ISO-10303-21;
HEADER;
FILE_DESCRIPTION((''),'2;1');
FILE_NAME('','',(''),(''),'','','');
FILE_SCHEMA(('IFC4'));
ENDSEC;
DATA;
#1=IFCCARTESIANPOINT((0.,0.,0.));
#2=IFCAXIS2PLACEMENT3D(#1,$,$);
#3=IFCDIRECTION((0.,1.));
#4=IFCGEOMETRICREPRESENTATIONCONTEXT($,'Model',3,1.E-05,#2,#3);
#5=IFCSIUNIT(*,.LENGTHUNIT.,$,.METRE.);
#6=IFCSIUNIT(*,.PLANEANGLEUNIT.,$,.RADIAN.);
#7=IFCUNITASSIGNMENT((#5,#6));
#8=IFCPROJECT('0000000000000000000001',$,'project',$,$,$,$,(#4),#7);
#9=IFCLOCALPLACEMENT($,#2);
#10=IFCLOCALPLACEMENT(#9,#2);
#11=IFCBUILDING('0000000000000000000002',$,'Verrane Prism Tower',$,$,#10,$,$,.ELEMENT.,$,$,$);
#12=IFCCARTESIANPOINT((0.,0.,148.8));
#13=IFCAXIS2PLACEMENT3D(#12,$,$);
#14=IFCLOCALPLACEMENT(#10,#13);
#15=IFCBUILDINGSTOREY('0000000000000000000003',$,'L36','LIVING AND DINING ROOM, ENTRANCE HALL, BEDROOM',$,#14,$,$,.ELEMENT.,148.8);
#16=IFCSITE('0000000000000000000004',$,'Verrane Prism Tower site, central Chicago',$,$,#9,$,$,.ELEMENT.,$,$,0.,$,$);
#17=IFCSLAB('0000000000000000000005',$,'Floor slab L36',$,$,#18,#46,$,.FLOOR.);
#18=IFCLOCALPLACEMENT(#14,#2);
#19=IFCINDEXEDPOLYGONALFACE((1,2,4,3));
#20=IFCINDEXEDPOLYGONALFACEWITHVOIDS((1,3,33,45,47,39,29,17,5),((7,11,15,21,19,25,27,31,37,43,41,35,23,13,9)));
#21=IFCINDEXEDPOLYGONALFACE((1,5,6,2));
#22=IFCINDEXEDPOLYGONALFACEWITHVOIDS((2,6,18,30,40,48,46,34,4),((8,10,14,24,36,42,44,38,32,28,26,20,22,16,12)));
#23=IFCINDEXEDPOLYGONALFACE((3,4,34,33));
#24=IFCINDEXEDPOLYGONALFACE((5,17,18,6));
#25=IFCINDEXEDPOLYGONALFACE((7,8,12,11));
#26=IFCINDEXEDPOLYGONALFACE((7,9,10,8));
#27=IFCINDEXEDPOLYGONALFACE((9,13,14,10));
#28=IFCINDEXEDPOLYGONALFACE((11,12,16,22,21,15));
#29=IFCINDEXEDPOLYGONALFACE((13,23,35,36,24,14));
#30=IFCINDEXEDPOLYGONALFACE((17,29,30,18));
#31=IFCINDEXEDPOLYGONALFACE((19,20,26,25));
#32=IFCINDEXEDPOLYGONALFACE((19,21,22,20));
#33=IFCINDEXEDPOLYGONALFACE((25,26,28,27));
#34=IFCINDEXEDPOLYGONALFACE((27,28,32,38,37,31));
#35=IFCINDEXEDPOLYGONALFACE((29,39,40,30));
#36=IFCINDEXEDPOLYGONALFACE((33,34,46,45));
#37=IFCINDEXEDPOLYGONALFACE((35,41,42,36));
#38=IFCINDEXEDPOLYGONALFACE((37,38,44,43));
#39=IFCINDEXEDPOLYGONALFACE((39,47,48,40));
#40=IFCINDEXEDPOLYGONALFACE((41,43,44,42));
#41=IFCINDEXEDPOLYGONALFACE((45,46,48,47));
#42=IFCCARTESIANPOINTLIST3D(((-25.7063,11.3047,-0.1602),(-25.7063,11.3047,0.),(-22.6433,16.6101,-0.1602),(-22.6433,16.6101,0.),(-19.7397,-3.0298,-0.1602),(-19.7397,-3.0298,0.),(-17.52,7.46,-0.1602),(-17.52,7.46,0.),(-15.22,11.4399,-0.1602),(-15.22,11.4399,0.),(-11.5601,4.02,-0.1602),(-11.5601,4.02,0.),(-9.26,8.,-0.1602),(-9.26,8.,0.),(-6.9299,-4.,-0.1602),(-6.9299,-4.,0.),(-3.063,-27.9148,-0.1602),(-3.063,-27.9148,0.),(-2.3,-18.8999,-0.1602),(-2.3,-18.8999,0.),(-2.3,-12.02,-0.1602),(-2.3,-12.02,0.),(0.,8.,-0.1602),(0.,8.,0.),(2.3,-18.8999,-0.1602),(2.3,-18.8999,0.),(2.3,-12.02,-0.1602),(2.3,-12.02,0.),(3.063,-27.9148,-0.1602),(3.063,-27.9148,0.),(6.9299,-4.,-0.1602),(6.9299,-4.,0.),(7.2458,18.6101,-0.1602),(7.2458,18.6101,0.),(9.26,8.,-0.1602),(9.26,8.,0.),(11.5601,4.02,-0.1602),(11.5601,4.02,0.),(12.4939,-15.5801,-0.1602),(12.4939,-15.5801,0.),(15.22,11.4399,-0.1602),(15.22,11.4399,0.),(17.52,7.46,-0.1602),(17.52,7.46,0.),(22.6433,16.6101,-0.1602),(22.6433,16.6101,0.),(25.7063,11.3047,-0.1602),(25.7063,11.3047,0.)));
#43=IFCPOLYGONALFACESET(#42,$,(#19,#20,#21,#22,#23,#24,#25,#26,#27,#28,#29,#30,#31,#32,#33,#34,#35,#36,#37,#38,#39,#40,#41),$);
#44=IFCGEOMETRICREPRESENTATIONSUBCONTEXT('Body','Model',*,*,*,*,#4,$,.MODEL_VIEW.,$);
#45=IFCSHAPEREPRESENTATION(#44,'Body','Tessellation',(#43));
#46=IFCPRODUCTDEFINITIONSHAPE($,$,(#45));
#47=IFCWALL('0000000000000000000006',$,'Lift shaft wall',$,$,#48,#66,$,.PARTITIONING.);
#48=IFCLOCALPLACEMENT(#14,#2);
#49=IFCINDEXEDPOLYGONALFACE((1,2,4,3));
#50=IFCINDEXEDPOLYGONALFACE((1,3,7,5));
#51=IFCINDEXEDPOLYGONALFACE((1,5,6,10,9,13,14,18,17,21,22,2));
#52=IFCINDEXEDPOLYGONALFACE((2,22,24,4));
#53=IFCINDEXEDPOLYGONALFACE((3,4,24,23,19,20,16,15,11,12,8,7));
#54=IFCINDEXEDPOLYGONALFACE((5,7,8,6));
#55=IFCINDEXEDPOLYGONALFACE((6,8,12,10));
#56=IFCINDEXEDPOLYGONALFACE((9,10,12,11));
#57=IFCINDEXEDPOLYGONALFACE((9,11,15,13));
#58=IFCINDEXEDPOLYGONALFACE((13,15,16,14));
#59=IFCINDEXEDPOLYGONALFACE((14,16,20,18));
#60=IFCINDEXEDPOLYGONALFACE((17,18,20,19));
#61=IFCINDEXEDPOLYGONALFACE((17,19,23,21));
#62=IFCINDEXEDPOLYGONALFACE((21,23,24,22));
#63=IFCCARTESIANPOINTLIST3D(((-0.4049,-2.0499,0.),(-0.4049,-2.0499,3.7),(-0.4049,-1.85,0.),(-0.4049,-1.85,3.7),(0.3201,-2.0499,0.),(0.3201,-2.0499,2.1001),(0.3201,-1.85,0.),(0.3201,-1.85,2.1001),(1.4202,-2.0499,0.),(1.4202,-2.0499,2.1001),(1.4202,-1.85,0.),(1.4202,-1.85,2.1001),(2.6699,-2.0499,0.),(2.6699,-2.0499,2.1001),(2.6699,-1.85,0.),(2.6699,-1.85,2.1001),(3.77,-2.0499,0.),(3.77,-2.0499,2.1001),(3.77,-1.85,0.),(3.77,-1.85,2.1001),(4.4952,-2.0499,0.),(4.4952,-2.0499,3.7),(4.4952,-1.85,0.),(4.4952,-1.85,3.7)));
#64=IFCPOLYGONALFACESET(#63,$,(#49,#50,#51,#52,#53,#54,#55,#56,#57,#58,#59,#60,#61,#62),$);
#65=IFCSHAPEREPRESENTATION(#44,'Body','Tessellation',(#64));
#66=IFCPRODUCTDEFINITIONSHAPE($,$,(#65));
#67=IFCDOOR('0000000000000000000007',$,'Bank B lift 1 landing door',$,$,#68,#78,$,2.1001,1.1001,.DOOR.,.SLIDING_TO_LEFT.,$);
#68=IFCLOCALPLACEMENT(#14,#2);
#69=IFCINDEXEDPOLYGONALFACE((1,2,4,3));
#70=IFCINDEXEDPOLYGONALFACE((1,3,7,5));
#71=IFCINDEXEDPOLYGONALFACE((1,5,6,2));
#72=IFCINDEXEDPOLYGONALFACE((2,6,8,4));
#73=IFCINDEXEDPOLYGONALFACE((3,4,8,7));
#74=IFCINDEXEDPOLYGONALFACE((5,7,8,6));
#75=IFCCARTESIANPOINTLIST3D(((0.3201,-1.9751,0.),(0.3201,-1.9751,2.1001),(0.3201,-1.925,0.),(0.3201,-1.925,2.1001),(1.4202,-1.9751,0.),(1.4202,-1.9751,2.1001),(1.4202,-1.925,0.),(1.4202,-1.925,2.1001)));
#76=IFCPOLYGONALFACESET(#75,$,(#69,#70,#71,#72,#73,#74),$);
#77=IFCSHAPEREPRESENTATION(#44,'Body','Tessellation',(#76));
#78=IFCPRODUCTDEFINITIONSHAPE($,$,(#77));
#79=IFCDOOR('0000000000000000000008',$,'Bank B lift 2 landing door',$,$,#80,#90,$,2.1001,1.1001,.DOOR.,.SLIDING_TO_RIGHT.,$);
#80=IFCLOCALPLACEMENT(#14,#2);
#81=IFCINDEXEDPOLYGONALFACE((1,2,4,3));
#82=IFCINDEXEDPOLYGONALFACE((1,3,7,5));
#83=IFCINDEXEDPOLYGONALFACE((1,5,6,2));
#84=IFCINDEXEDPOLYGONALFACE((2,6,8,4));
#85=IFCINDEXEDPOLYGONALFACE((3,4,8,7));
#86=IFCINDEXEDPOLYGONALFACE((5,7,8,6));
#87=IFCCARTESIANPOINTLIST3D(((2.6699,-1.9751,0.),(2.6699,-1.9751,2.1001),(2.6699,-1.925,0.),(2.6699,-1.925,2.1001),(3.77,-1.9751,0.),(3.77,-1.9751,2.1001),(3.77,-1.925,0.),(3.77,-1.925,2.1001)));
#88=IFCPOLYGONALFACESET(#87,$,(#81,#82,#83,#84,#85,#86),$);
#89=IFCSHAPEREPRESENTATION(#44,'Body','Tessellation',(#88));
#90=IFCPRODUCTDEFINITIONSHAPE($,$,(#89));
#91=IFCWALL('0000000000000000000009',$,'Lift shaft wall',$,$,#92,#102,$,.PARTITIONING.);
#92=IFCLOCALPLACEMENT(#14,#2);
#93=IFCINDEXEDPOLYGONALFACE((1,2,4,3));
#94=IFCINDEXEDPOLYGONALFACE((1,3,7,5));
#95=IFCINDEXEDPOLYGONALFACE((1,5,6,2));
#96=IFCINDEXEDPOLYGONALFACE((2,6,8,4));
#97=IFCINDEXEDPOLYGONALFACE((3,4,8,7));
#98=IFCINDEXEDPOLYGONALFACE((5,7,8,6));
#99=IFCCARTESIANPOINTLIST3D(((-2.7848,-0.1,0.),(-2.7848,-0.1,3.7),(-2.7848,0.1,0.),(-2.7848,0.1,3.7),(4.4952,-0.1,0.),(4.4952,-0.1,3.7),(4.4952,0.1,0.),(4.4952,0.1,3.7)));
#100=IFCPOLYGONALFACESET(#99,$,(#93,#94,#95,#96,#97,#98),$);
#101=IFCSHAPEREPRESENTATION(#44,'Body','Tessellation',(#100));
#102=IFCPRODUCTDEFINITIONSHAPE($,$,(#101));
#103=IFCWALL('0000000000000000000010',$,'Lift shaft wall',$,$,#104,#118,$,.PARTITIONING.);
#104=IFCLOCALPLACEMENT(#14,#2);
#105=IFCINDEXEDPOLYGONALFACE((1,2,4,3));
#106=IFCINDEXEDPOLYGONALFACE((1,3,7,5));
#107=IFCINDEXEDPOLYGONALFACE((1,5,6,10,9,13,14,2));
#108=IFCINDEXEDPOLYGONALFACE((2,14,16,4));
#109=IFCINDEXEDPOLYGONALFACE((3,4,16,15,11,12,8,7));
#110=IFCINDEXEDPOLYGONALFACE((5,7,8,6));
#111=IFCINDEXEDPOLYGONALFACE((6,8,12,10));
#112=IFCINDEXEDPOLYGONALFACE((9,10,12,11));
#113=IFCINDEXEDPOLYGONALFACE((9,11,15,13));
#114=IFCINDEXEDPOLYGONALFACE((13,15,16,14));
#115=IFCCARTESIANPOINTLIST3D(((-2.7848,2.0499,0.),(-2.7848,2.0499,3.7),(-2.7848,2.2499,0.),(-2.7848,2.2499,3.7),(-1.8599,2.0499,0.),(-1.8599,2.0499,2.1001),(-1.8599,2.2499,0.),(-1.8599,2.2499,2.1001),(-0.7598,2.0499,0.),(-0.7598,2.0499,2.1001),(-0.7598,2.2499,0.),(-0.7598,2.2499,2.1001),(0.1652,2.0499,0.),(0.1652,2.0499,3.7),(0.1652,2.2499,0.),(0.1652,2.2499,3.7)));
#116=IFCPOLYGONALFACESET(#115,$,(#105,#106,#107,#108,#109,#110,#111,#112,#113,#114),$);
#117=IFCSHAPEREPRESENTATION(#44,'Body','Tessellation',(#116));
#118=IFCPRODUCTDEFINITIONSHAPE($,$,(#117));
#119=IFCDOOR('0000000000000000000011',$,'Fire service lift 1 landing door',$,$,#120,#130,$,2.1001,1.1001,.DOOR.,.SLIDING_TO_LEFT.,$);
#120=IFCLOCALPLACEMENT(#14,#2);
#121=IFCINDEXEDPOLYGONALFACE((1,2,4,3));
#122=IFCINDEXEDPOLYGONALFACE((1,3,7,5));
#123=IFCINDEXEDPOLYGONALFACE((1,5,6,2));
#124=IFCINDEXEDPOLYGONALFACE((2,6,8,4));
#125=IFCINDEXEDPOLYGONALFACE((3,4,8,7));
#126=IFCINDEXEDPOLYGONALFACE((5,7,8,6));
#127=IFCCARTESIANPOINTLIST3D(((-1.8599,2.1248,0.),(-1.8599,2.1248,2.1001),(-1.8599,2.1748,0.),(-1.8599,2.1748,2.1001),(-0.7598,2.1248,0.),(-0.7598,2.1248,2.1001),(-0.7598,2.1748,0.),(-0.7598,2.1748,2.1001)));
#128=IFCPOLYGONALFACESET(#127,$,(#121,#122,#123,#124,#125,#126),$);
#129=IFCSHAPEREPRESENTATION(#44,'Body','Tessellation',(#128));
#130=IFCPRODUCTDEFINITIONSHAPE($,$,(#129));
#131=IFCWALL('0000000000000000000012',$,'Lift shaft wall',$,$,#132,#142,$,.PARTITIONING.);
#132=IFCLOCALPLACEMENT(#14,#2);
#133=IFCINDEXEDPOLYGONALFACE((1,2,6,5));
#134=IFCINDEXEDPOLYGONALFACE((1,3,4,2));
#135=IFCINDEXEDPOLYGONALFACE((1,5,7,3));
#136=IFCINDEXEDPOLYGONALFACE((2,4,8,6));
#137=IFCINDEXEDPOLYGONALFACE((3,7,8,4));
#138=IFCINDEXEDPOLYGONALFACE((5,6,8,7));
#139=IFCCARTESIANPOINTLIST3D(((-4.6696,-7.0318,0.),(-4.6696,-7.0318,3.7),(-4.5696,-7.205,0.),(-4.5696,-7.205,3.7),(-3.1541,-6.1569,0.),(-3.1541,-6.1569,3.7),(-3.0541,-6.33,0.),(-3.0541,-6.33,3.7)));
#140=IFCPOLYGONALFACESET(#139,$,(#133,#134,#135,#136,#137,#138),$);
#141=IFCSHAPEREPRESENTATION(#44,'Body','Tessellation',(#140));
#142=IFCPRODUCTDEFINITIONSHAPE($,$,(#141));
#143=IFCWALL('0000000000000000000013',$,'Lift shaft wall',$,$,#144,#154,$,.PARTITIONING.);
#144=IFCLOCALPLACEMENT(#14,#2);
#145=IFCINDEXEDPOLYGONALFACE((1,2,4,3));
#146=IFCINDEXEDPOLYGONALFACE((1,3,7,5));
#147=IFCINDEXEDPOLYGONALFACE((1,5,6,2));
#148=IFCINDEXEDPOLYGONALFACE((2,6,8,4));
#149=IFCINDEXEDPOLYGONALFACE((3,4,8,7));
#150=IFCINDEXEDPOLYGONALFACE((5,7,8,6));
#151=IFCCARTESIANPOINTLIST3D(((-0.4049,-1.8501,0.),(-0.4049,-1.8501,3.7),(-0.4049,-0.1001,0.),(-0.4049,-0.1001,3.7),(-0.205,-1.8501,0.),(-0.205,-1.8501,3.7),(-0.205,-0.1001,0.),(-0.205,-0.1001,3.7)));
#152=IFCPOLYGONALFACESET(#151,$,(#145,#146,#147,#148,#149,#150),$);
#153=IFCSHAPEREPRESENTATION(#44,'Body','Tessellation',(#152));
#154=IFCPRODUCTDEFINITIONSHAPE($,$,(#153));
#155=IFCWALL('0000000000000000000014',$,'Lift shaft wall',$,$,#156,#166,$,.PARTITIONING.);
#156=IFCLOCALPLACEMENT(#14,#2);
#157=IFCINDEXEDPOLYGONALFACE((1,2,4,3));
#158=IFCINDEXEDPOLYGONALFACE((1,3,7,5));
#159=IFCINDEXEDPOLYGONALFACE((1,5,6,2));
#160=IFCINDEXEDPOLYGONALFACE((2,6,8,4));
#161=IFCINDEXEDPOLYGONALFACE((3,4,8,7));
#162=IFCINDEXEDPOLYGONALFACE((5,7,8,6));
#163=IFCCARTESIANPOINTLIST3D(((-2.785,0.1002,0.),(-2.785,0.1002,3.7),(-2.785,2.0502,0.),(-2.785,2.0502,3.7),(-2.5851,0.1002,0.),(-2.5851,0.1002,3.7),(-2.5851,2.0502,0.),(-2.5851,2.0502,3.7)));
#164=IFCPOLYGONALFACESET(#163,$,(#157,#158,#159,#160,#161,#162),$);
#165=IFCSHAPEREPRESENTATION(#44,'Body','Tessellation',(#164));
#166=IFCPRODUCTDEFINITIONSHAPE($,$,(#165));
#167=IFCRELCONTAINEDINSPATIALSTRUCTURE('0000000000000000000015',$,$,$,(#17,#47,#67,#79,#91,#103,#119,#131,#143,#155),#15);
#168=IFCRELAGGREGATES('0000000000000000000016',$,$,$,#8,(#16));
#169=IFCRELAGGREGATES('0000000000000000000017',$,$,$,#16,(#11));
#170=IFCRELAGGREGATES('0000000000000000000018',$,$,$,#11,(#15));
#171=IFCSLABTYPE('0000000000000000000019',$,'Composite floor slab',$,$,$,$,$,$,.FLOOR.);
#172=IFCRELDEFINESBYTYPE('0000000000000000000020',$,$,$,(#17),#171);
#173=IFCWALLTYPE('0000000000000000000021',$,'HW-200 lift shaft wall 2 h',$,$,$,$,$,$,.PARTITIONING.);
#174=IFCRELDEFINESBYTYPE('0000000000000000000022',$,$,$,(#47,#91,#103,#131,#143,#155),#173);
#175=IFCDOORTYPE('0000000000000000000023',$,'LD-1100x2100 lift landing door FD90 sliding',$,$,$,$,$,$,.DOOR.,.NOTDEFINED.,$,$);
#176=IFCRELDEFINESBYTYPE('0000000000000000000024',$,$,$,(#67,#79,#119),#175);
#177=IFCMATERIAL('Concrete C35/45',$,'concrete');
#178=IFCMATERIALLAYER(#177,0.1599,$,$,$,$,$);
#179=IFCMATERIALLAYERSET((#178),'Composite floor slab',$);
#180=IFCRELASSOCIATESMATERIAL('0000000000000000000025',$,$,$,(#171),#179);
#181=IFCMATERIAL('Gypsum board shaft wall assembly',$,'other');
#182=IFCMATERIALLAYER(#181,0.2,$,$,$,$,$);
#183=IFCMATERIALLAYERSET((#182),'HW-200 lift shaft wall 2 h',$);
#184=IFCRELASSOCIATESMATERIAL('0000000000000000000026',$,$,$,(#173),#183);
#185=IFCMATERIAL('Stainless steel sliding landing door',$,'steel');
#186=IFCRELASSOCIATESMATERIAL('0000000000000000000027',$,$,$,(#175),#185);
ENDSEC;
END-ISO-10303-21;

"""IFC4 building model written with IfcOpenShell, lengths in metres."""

from ifc_helpers import new_model, si_unit, direction, frame, frame_2d, origin, place, context, subcontext, project, spatial, polyline, rectangle, outline, extrude, material, layer, layer_set, type_object, element, fill, save


model = new_model("IFC4")

# Units and contexts
model_context = context("Model", 3, precision=1e-05, world=origin(), true_north=direction((0.0, 1.0)))
body_context = subcontext(model_context, "Body", "Model", "MODEL_VIEW")
ifc_project = project(units=[si_unit("LENGTHUNIT", "METRE"), si_unit("PLANEANGLEUNIT", "RADIAN")], contexts=[model_context])

# Site, building, storey
site_placement = place(None, origin())
site = spatial("IfcSite", under=ifc_project, at=site_placement, Name="Verrane Prism Tower site, central Chicago", CompositionType="ELEMENT", RefElevation=0.0)
building_placement = place(site_placement, origin())
building = spatial("IfcBuilding", under=site, at=building_placement, Name="Verrane Prism Tower", CompositionType="ELEMENT")
storey_placement = place(building_placement, frame((0.0, 0.0, 148.8)))
storey = spatial("IfcBuildingStorey", under=building, at=storey_placement, Name="L36", Description="LIVING AND DINING ROOM, ENTRANCE HALL, BEDROOM", CompositionType="ELEMENT", Elevation=148.8)

# Slab
ifc_material_1 = material(Name="Concrete C35/45", Category="concrete")
ifc_layer_1 = layer(ifc_material_1, 0.1599)
ifc_layer_set_1 = layer_set([ifc_layer_1], Name="Composite floor slab")
slab_type = type_object("IfcSlabType", Name="Composite floor slab", PredefinedType="FLOOR", material=ifc_layer_set_1)
slab_placement = place(storey_placement, frame((0.0, 0.0, -0.1602)))
element("IfcSlab", 1, at=slab_placement, inside=storey, type_object=slab_type, Name="Floor slab L36", PredefinedType="FLOOR", context=body_context, shape_type="SweptSolid", body=[
    extrude(outline(polyline([(12.4939, -15.5801), (3.063, -27.9148), (-3.063, -27.9148), (-19.7397, -3.0298), (-25.7063, 11.3047), (-22.6433, 16.6101), (7.2458, 18.6101), (22.6433, 16.6101), (25.7063, 11.3047), (12.4939, -15.5801)]), holes=[polyline([(17.52, 7.46), (15.22, 11.4399), (9.26, 8.0), (0.0, 8.0), (-9.26, 8.0), (-15.22, 11.4399), (-17.52, 7.46), (-11.5601, 4.02), (-6.9299, -4.0), (-2.3, -12.02), (-2.3, -18.8999), (2.3, -18.8999), (2.3, -12.02), (6.9299, -4.0), (11.5601, 4.02), (17.52, 7.46)])]), origin(), (0.0, 0.0, 1.0), 0.1602),
])

# Wall, openings, doors
ifc_material_2 = material(Name="Gypsum board shaft wall assembly", Category="other")
ifc_layer_2 = layer(ifc_material_2, 0.2)
ifc_layer_set_2 = layer_set([ifc_layer_2], Name="HW-200 lift shaft wall 2 h")
wall_type_1 = type_object("IfcWallType", Name="HW-200 lift shaft wall 2 h", PredefinedType="PARTITIONING", material=ifc_layer_set_2)
wall_1_placement = place(storey_placement, frame((-0.405, -1.95, 0.0), z_axis=(0.0, 0.0, 1.0), x_axis=(1.0, 0.0, 0.0)))
wall_1 = element("IfcWall", 2, at=wall_1_placement, inside=storey, type_object=wall_type_1, Name="Lift shaft wall", PredefinedType="PARTITIONING", context=body_context, shape_type="SweptSolid", body=[
    extrude(rectangle(XDim=4.9001, YDim=0.2, at=frame_2d((2.4502, 0.0))), origin(), (0.0, 0.0, 1.0), 3.7),
])
opening_1_placement = place(wall_1_placement, frame((0.7251, 0.0, 0.0)))
opening_1 = element("IfcOpeningElement", 3, at=opening_1_placement, cuts=wall_1, PredefinedType="OPENING", context=body_context, shape_type="SweptSolid", body=[
    extrude(rectangle(XDim=1.1001, YDim=2.1001, at=frame_2d((0.55, 1.05))), frame((0.0, 0.1099, 0.0), z_axis=(0.0, -1.0, 0.0), x_axis=(1.0, 0.0, 0.0)), (0.0, 0.0, 1.0), 0.22),
])
opening_2_placement = place(wall_1_placement, frame((3.075, 0.0, 0.0)))
opening_2 = element("IfcOpeningElement", 4, at=opening_2_placement, cuts=wall_1, PredefinedType="OPENING", context=body_context, shape_type="SweptSolid", body=[
    extrude(rectangle(XDim=1.1001, YDim=2.1001, at=frame_2d((0.55, 1.05))), frame((0.0, 0.1099, 0.0), z_axis=(0.0, -1.0, 0.0), x_axis=(1.0, 0.0, 0.0)), (0.0, 0.0, 1.0), 0.22),
])
ifc_material_3 = material(Name="Stainless steel sliding landing door", Category="steel")
door_type = type_object("IfcDoorType", Name="LD-1100x2100 lift landing door FD90 sliding", OperationType="NOTDEFINED", PredefinedType="DOOR", material=ifc_material_3)
door_1_placement = place(opening_1_placement, origin())
door_1 = element("IfcDoor", 5, at=door_1_placement, inside=storey, type_object=door_type, Name="Bank B lift 1 landing door", OperationType="SLIDING_TO_LEFT", OverallHeight=2.1001, OverallWidth=1.1001, PredefinedType="DOOR", context=body_context, shape_type="SweptSolid", body=[
    extrude(rectangle(XDim=1.1001, YDim=2.1001, at=frame_2d((0.55, 1.05))), frame((0.0, 0.0249, 0.0), z_axis=(0.0, -1.0, 0.0), x_axis=(1.0, 0.0, 0.0)), (0.0, 0.0, 1.0), 0.05),
])
fill(opening_1, door_1)
door_2_placement = place(opening_2_placement, origin())
door_2 = element("IfcDoor", 6, at=door_2_placement, inside=storey, type_object=door_type, Name="Bank B lift 2 landing door", OperationType="SLIDING_TO_RIGHT", OverallHeight=2.1001, OverallWidth=1.1001, PredefinedType="DOOR", context=body_context, shape_type="SweptSolid", body=[
    extrude(rectangle(XDim=1.1001, YDim=2.1001, at=frame_2d((0.55, 1.05))), frame((0.0, 0.0249, 0.0), z_axis=(0.0, -1.0, 0.0), x_axis=(1.0, 0.0, 0.0)), (0.0, 0.0, 1.0), 0.05),
])
fill(opening_2, door_2)

# Wall
wall_2_placement = place(storey_placement, frame((-2.7849, 0.0, 0.0), z_axis=(0.0, 0.0, 1.0), x_axis=(1.0, 0.0, 0.0)))
element("IfcWall", 7, at=wall_2_placement, inside=storey, type_object=wall_type_1, Name="Lift shaft wall", PredefinedType="PARTITIONING", context=body_context, shape_type="SweptSolid", body=[
    extrude(rectangle(XDim=7.28, YDim=0.2, at=frame_2d((3.6401, 0.0))), origin(), (0.0, 0.0, 1.0), 3.7),
])

# Wall, opening, door
wall_3_placement = place(storey_placement, frame((-2.7849, 2.1499, 0.0), z_axis=(0.0, 0.0, 1.0), x_axis=(1.0, 0.0, 0.0)))
wall_3 = element("IfcWall", 8, at=wall_3_placement, inside=storey, type_object=wall_type_1, Name="Lift shaft wall", PredefinedType="PARTITIONING", context=body_context, shape_type="SweptSolid", body=[
    extrude(rectangle(XDim=2.95, YDim=0.2, at=frame_2d((1.4751, 0.0))), origin(), (0.0, 0.0, 1.0), 3.7),
])
opening_3_placement = place(wall_3_placement, frame((0.925, 0.0, 0.0)))
opening_3 = element("IfcOpeningElement", 9, at=opening_3_placement, cuts=wall_3, PredefinedType="OPENING", context=body_context, shape_type="SweptSolid", body=[
    extrude(rectangle(XDim=1.1001, YDim=2.1001, at=frame_2d((0.55, 1.05))), frame((0.0, 0.1099, 0.0), z_axis=(0.0, -1.0, 0.0), x_axis=(1.0, 0.0, 0.0)), (0.0, 0.0, 1.0), 0.22),
])
door_3_placement = place(opening_3_placement, origin())
door_3 = element("IfcDoor", 10, at=door_3_placement, inside=storey, type_object=door_type, Name="Fire service lift 1 landing door", OperationType="SLIDING_TO_LEFT", OverallHeight=2.1001, OverallWidth=1.1001, PredefinedType="DOOR", context=body_context, shape_type="SweptSolid", body=[
    extrude(rectangle(XDim=1.1001, YDim=2.1001, at=frame_2d((0.55, 1.05))), frame((0.0, 0.0249, 0.0), z_axis=(0.0, -1.0, 0.0), x_axis=(1.0, 0.0, 0.0)), (0.0, 0.0, 1.0), 0.05),
])
fill(opening_3, door_3)

# Walls
for number, where, z_axis, x_axis, name in (
    (11, (-4.6196, -7.1184, 0.0), (0.0, 0.0, 1.0), (0.866037, 0.49998, 0.0), "Lift shaft wall"),
    (12, (-0.3049, -1.8501, 0.0), (0.0, 0.0, 1.0), (0.0, 1.0, 0.0), "Lift shaft wall"),
):
    element("IfcWall", number, at=place(storey_placement, frame(where, z_axis=z_axis, x_axis=x_axis)), inside=storey, type_object=wall_type_1, Name=name, PredefinedType="PARTITIONING", context=body_context, shape_type="SweptSolid", body=[
        extrude(rectangle(XDim=1.75, YDim=0.2, at=frame_2d((0.875, 0.0))), origin(), (0.0, 0.0, 1.0), 3.7),
    ])
wall_4_placement = place(storey_placement, frame((-2.6851, 0.1001, 0.0), z_axis=(0.0, 0.0, 1.0), x_axis=(0.0, 1.0, 0.0)))
element("IfcWall", 13, at=wall_4_placement, inside=storey, type_object=wall_type_1, Name="Lift shaft wall", PredefinedType="PARTITIONING", context=body_context, shape_type="SweptSolid", body=[
    extrude(rectangle(XDim=1.95, YDim=0.2, at=frame_2d((0.9751, 0.0))), origin(), (0.0, 0.0, 1.0), 3.7),
])

save(model, "model.ifc")
